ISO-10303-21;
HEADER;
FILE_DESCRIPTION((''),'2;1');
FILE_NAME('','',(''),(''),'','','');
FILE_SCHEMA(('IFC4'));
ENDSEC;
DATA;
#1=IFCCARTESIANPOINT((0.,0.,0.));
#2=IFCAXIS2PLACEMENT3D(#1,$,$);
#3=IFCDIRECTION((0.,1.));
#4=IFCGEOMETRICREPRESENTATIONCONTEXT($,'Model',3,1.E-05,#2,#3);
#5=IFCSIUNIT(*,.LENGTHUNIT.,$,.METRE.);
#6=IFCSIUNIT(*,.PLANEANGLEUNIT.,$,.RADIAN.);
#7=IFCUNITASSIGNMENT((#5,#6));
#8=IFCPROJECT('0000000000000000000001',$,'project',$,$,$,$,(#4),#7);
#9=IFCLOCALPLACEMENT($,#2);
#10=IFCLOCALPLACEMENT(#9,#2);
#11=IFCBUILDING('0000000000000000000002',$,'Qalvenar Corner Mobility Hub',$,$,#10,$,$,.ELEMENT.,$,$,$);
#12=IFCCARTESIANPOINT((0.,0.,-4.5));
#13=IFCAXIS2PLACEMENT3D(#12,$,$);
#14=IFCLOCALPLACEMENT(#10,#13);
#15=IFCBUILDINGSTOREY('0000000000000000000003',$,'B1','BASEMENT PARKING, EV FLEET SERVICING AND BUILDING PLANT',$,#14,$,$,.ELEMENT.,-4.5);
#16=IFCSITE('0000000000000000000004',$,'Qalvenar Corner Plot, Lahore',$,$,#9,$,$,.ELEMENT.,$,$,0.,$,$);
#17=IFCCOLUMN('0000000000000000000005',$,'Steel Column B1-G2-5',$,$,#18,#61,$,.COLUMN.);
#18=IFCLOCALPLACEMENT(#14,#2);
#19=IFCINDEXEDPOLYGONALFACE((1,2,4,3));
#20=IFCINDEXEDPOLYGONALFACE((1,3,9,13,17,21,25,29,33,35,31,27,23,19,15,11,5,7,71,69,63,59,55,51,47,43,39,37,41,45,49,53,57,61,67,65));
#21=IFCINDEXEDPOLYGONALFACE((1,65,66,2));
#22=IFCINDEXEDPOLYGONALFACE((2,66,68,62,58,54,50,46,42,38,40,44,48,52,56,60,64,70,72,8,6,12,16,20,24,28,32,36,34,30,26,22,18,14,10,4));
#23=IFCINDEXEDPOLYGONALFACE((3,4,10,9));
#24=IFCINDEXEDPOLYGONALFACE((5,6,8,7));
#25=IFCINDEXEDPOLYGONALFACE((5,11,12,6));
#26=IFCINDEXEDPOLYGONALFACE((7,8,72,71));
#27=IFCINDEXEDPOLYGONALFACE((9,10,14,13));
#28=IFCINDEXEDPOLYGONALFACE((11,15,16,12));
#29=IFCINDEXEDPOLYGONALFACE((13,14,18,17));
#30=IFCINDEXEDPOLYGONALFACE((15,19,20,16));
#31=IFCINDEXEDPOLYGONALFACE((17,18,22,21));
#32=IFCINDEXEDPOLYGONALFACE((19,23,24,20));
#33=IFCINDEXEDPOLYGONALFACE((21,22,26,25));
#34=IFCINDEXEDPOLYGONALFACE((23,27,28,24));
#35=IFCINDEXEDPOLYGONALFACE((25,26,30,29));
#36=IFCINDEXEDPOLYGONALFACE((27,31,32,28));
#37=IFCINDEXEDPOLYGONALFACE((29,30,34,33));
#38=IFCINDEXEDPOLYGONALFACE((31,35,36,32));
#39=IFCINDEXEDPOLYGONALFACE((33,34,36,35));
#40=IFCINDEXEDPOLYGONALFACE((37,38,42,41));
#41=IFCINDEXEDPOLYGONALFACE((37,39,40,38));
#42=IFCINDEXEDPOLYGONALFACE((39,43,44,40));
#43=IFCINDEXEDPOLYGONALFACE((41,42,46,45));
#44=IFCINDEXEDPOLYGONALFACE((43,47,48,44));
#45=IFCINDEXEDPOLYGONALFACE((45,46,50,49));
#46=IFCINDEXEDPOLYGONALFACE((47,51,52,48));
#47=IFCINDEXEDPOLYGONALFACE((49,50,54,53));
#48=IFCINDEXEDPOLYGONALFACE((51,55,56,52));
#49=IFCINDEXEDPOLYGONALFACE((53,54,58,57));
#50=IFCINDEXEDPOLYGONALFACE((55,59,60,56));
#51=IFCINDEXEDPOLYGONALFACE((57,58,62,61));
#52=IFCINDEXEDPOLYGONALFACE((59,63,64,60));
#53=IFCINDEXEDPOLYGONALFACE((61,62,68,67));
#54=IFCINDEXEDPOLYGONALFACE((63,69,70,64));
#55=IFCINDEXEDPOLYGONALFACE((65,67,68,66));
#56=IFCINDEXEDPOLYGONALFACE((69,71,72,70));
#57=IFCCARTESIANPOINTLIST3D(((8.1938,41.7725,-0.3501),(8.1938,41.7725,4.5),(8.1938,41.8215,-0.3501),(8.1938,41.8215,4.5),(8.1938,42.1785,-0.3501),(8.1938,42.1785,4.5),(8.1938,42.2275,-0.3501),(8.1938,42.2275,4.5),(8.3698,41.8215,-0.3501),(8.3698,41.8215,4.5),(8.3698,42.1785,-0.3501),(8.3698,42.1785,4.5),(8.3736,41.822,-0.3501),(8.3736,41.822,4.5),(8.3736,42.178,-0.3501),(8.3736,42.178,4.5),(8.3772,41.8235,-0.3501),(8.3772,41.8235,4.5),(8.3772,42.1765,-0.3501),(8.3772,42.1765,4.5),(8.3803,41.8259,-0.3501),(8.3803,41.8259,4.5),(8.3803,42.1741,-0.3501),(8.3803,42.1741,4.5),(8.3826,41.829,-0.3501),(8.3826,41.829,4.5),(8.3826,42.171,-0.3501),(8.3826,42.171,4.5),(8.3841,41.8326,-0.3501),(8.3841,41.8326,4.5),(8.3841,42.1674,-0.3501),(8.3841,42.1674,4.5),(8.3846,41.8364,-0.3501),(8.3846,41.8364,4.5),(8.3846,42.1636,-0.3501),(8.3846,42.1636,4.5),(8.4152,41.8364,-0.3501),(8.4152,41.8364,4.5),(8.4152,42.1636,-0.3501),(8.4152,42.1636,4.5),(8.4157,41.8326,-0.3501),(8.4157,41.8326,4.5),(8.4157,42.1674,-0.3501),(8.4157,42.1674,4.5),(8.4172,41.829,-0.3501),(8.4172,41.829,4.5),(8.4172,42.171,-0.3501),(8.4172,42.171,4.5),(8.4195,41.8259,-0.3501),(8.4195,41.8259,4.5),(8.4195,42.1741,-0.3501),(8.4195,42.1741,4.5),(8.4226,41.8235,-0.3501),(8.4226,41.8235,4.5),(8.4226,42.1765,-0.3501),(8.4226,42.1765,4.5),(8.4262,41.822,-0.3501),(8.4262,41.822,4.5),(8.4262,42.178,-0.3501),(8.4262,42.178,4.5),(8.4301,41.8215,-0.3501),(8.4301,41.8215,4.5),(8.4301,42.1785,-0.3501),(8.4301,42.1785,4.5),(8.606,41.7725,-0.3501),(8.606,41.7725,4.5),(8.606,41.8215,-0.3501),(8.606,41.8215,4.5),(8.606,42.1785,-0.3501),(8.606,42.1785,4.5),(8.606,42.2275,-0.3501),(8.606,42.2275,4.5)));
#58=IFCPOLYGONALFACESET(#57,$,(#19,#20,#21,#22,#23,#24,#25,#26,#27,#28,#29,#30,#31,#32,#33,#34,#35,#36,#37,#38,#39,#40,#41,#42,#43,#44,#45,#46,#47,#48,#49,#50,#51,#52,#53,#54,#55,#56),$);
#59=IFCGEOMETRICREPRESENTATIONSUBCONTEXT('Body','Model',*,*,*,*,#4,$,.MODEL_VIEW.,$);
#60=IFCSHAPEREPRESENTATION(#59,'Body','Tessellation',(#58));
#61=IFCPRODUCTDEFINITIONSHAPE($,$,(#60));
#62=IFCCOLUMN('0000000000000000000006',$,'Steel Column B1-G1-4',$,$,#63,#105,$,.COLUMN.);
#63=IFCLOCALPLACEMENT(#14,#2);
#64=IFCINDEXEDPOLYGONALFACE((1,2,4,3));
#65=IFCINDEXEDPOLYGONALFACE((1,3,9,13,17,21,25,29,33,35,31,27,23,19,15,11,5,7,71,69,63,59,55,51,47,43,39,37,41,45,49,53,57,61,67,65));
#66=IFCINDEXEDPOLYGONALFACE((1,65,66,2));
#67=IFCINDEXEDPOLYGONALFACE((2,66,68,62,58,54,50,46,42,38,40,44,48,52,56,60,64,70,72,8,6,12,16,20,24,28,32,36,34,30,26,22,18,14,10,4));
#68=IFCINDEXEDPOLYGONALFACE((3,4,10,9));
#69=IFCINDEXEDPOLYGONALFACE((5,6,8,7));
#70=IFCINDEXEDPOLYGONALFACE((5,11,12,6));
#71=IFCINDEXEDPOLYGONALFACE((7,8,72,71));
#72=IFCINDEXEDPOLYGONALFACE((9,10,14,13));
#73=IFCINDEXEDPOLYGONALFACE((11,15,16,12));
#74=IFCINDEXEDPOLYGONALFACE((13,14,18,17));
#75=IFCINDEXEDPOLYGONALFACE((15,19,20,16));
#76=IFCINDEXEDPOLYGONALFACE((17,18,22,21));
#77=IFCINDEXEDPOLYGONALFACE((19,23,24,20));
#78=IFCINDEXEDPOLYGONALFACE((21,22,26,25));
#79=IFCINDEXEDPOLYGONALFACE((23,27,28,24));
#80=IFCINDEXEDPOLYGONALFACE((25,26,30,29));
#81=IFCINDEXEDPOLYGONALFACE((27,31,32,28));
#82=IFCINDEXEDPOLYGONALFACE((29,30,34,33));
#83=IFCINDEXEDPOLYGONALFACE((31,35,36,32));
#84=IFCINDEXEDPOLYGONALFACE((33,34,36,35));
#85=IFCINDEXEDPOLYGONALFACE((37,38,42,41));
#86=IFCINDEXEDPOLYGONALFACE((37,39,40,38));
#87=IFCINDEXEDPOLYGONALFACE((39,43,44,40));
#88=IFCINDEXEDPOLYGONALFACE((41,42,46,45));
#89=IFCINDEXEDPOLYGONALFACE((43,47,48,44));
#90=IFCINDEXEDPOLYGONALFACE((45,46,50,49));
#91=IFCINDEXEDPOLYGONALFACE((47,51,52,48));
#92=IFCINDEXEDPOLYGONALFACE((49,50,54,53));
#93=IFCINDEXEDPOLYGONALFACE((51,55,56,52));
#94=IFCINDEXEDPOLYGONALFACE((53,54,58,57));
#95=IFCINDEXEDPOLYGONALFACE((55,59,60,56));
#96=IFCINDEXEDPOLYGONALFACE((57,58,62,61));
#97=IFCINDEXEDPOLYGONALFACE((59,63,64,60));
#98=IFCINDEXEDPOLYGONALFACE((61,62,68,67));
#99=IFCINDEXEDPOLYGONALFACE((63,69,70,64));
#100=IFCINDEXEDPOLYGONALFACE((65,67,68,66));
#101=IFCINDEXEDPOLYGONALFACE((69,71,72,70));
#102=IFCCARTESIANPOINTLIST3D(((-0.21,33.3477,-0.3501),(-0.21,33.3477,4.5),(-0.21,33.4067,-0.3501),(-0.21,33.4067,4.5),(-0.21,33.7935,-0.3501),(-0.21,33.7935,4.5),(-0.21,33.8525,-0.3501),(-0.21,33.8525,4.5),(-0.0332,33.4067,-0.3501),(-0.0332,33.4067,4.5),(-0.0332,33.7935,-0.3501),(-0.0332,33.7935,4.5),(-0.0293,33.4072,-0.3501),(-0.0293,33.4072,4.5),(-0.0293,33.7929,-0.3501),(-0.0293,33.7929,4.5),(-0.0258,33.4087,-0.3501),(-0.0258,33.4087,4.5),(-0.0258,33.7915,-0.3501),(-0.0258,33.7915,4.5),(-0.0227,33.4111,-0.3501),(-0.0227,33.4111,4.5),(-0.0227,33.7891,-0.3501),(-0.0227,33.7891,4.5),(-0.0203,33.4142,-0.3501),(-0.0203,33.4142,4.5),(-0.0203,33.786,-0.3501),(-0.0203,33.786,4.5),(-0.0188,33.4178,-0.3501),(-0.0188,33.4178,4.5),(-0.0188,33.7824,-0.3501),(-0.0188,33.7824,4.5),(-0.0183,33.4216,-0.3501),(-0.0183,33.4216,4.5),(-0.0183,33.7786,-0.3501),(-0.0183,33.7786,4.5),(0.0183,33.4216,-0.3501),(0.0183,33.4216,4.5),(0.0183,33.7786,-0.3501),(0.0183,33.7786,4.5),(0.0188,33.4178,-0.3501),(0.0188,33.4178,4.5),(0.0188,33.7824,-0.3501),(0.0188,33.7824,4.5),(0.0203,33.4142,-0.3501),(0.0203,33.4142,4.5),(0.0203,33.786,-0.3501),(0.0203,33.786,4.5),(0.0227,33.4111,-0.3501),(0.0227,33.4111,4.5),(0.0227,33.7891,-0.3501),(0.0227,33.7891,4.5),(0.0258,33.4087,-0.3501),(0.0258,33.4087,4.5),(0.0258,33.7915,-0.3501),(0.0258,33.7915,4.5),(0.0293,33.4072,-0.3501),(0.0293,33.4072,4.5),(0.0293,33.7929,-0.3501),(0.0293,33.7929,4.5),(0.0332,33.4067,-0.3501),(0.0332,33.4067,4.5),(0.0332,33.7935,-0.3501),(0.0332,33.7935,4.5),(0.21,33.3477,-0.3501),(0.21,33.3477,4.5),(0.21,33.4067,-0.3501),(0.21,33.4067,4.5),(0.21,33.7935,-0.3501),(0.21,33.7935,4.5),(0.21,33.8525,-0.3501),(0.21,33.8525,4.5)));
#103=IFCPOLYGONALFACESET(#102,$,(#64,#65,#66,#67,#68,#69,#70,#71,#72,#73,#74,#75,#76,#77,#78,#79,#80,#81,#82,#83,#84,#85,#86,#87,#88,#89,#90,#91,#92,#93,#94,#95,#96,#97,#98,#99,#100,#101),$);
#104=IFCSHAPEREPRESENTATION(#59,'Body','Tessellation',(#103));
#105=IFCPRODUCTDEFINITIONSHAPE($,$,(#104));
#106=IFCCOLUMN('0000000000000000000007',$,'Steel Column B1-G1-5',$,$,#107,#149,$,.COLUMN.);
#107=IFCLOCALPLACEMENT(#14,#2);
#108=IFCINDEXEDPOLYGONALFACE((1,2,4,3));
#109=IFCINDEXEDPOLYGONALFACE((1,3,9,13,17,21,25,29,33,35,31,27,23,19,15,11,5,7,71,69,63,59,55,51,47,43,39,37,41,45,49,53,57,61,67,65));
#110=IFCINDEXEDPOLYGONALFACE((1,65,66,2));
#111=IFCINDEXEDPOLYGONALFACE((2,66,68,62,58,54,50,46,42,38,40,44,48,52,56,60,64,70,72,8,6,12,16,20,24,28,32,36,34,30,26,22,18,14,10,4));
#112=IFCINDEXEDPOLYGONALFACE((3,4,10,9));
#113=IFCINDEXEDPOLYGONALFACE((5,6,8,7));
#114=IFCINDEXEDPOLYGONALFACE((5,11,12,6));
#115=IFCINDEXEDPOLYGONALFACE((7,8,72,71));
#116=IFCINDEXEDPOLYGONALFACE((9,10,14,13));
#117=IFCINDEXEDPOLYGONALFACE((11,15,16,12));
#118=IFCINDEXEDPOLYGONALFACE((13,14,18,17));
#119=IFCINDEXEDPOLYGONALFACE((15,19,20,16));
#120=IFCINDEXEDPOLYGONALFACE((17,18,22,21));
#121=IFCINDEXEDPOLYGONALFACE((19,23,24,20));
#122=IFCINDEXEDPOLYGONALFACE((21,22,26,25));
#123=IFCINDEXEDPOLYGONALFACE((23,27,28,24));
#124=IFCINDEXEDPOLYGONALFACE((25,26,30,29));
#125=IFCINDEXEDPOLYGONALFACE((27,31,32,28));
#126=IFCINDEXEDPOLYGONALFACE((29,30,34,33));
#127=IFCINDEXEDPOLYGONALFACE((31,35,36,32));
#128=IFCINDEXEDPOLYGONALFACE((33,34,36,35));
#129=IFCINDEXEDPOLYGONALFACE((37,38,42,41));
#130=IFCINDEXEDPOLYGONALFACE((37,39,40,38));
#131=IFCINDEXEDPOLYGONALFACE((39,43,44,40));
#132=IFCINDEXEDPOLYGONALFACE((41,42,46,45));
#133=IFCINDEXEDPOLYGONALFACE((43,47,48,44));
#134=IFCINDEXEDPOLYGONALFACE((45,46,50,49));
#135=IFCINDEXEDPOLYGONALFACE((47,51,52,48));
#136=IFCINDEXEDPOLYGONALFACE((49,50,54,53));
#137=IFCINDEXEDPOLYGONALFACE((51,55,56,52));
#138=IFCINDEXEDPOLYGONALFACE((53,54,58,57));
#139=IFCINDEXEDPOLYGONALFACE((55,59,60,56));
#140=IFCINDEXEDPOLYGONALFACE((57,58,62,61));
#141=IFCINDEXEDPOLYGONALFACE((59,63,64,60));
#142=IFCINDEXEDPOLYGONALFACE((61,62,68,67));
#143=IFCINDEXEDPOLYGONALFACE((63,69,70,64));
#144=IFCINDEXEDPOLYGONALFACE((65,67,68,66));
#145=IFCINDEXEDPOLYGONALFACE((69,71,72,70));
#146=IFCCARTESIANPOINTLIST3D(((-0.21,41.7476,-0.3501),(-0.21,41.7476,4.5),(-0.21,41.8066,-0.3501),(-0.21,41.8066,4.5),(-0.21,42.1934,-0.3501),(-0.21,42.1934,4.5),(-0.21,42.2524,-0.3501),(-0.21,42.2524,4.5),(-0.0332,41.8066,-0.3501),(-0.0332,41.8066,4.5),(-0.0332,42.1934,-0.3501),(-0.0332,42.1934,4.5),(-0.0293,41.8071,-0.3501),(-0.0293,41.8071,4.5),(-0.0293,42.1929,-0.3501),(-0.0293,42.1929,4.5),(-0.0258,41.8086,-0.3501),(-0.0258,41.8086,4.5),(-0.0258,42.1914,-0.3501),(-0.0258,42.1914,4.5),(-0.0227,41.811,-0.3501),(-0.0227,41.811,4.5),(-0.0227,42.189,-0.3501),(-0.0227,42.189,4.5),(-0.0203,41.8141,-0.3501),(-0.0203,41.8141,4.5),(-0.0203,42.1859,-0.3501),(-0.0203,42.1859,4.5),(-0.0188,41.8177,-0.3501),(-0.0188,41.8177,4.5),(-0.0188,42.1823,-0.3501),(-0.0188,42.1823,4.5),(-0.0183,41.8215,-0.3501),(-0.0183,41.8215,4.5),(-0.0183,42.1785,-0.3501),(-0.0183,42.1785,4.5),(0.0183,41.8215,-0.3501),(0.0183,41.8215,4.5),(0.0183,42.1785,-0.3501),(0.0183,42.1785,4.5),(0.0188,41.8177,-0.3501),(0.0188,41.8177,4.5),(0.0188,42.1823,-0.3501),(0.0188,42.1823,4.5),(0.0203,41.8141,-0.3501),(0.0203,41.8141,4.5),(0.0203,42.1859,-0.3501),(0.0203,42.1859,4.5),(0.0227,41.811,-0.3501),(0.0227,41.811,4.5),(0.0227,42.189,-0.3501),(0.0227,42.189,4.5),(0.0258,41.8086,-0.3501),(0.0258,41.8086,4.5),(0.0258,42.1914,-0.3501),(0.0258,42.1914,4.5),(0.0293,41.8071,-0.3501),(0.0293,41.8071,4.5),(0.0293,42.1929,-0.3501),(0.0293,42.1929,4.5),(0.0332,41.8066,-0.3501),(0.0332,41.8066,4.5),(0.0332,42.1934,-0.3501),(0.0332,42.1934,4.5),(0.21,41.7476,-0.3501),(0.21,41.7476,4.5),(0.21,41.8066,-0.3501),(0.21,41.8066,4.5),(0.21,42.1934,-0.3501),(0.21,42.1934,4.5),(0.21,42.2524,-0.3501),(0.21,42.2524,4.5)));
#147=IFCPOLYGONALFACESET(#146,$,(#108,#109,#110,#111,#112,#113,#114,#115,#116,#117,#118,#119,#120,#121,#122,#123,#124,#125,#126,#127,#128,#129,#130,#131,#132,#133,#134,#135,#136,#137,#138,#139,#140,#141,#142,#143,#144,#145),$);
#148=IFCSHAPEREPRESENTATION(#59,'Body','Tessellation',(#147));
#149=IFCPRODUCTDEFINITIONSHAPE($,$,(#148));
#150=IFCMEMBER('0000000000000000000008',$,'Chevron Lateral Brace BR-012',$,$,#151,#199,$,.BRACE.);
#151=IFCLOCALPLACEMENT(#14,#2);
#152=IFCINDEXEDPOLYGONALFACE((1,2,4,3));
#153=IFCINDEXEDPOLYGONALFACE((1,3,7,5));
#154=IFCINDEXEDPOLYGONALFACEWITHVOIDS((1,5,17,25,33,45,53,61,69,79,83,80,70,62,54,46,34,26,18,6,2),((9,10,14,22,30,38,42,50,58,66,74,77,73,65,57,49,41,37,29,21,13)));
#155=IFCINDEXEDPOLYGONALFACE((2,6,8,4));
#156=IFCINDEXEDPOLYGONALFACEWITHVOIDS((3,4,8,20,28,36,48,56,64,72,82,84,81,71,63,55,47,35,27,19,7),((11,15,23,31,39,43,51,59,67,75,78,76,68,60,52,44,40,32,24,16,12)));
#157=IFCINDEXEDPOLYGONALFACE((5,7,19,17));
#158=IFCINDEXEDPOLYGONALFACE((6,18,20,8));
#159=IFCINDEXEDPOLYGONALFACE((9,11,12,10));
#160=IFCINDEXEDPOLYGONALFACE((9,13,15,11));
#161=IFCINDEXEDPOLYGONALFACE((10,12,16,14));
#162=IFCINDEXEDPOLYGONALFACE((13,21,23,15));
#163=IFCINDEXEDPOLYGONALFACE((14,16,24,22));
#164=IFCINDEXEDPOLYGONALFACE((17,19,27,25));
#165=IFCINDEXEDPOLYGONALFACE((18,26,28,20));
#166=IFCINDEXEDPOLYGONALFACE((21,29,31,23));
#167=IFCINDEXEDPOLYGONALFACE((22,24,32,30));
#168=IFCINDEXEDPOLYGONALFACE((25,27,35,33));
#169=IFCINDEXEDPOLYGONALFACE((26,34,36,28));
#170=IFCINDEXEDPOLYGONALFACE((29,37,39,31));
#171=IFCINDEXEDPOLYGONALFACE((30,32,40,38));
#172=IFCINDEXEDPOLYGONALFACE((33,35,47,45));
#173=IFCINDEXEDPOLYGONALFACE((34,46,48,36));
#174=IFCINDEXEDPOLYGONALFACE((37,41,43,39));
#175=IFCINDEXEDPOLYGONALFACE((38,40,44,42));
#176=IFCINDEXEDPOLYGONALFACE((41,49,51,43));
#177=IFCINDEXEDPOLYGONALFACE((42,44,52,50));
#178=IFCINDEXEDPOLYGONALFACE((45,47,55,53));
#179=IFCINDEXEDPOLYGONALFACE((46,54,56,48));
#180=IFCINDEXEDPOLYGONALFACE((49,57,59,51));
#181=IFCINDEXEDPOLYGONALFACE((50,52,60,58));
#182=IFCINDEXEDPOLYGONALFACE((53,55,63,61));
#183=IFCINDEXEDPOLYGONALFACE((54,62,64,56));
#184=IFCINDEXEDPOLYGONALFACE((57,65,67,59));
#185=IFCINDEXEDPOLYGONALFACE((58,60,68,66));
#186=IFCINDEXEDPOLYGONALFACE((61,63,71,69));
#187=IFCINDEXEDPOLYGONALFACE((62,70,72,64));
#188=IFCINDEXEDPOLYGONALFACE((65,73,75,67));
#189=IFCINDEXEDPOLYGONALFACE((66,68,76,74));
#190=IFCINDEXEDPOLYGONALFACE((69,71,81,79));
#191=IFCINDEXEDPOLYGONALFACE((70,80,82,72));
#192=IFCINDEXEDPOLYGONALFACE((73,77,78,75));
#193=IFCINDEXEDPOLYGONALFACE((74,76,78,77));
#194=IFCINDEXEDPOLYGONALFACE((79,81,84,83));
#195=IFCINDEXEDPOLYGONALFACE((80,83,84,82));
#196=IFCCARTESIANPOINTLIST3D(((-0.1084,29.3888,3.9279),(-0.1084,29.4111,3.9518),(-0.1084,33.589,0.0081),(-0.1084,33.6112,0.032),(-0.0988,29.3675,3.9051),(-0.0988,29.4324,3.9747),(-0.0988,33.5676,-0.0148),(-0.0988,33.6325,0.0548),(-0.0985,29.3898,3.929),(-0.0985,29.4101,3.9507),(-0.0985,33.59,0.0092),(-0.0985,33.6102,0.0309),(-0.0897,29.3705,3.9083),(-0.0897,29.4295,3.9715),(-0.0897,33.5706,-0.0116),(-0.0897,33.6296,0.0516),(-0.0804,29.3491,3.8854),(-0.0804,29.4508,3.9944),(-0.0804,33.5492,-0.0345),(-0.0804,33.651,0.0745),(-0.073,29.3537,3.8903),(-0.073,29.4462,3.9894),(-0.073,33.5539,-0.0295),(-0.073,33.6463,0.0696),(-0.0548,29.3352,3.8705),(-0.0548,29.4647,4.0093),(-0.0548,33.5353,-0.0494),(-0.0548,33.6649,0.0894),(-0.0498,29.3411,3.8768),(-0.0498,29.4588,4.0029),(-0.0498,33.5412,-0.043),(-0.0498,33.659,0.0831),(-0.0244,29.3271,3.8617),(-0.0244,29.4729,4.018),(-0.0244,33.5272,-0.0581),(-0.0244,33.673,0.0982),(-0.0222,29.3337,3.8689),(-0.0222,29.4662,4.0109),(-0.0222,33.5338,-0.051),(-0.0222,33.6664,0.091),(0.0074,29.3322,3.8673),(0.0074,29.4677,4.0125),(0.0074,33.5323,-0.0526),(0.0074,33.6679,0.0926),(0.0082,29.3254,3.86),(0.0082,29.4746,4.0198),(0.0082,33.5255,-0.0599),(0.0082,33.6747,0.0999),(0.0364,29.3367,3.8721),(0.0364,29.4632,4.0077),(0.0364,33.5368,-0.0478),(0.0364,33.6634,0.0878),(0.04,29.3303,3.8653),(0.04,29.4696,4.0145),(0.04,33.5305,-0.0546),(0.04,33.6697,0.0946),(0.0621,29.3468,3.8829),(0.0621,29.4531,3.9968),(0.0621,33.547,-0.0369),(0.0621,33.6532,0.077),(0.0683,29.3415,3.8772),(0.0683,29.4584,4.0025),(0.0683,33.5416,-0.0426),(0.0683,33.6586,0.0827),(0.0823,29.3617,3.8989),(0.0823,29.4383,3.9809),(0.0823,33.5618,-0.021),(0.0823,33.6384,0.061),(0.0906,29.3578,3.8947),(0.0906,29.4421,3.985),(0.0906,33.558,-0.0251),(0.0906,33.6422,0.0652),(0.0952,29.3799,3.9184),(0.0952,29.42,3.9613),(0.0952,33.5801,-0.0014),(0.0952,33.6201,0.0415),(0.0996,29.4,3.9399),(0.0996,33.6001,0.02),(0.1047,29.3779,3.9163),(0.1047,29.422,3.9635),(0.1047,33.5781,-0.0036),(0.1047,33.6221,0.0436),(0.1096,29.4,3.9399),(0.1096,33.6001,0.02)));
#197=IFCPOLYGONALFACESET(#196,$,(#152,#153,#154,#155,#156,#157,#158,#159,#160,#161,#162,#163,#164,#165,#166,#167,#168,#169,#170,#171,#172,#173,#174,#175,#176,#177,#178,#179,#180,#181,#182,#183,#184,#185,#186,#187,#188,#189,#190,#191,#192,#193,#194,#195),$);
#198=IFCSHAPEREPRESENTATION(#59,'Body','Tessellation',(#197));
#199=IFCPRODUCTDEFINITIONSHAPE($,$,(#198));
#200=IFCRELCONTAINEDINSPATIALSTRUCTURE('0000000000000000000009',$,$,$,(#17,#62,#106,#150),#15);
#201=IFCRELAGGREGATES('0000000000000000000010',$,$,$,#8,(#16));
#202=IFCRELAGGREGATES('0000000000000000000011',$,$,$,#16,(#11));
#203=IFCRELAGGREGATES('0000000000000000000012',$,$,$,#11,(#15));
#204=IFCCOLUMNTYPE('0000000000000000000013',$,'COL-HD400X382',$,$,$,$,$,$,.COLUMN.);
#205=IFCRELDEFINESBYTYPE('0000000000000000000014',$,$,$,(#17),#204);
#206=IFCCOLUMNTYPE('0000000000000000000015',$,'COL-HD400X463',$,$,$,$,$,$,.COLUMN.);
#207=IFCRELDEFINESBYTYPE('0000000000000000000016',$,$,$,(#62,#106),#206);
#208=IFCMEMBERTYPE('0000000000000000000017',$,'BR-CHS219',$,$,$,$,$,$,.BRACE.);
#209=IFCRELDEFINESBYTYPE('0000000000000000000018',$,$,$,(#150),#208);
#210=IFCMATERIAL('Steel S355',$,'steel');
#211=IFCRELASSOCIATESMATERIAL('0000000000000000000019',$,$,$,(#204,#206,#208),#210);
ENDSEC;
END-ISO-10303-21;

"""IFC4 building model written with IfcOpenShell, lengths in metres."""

from ifc_helpers import new_model, si_unit, direction, frame, origin, origin_2d, place, context, subcontext, project, spatial, hollow_circle, i_section, extrude, material, material_profile, profile_set, type_object, element, save


model = new_model("IFC4")

# Units and contexts
model_context = context("Model", 3, precision=1e-05, world=origin(), true_north=direction((0.0, 1.0)))
body_context = subcontext(model_context, "Body", "Model", "MODEL_VIEW")
ifc_project = project(units=[si_unit("LENGTHUNIT", "METRE"), si_unit("PLANEANGLEUNIT", "RADIAN")], contexts=[model_context])

# Site, building, storey
site_placement = place(None, origin())
site = spatial("IfcSite", under=ifc_project, at=site_placement, Name="Qalvenar Corner Plot, Lahore", CompositionType="ELEMENT", RefElevation=0.0)
building_placement = place(site_placement, origin())
building = spatial("IfcBuilding", under=site, at=building_placement, Name="Qalvenar Corner Mobility Hub", CompositionType="ELEMENT")
storey_placement = place(building_placement, frame((0.0, 0.0, -4.5)))
storey = spatial("IfcBuildingStorey", under=building, at=storey_placement, Name="B1", Description="BASEMENT PARKING, EV FLEET SERVICING AND BUILDING PLANT", CompositionType="ELEMENT", Elevation=-4.5)

# Columns
ifc_material_1 = material(Name="Steel S355", Category="steel")
ifc_material_profile_1 = material_profile(ifc_material_1, i_section(OverallWidth=0.4121, OverallDepth=0.4551, WebThickness=0.0305, FlangeThickness=0.0491, FilletRadius=0.0149, at=origin_2d()), Name="HD400x421")
ifc_profile_set_1 = profile_set([ifc_material_profile_1], Name="Steel S355")
column_type_1 = type_object("IfcColumnType", Name="COL-HD400X382", PredefinedType="COLUMN", material=ifc_profile_set_1)
for number, where, z_axis, x_axis, name in (
    (1, (8.3999, 42.0, -0.3501), (0.0, 0.0, 1.0), (1.0, 0.0, 0.0), "Steel Column B1-G2-5"),
):
    element("IfcColumn", number, at=place(storey_placement, frame(where, z_axis=z_axis, x_axis=x_axis)), inside=storey, type_object=column_type_1, Name=name, PredefinedType="COLUMN", context=body_context, shape_type="SweptSolid", body=[
        extrude(i_section(OverallWidth=0.4121, OverallDepth=0.4551, WebThickness=0.0305, FlangeThickness=0.0491, FilletRadius=0.0149, at=origin_2d()), origin(), (0.0, 0.0, 1.0), 4.8501),
    ])
ifc_material_profile_2 = material_profile(ifc_material_1, i_section(OverallWidth=0.4199, OverallDepth=0.5049, WebThickness=0.0366, FlangeThickness=0.0591, FilletRadius=0.0149, at=origin_2d()), Name="HD400x551")
ifc_profile_set_2 = profile_set([ifc_material_profile_2], Name="Steel S355")
column_type_2 = type_object("IfcColumnType", Name="COL-HD400X463", PredefinedType="COLUMN", material=ifc_profile_set_2)
for number, where, z_axis, x_axis, name in (
    (2, (0.0, 33.6001, -0.3501), (0.0, 0.0, 1.0), (1.0, 0.0, 0.0), "Steel Column B1-G1-4"),
    (3, (0.0, 42.0, -0.3501), (0.0, 0.0, 1.0), (1.0, 0.0, 0.0), "Steel Column B1-G1-5"),
):
    element("IfcColumn", number, at=place(storey_placement, frame(where, z_axis=z_axis, x_axis=x_axis)), inside=storey, type_object=column_type_2, Name=name, PredefinedType="COLUMN", context=body_context, shape_type="SweptSolid", body=[
        extrude(i_section(OverallWidth=0.4199, OverallDepth=0.5049, WebThickness=0.0366, FlangeThickness=0.0591, FilletRadius=0.0149, at=origin_2d()), origin(), (0.0, 0.0, 1.0), 4.8501),
    ])

# Member
ifc_material_profile_3 = material_profile(ifc_material_1, hollow_circle(Radius=0.1096, WallThickness=0.01, at=origin_2d()), Name="CHS219.1x10")
ifc_profile_set_3 = profile_set([ifc_material_profile_3], Name="Steel S355")
member_type = type_object("IfcMemberType", Name="BR-CHS219", PredefinedType="BRACE", material=ifc_profile_set_3)
member_placement = place(storey_placement, frame((0.0, 33.6001, 0.02), z_axis=(0.0, -0.731078, 0.682294), x_axis=(1.0, 0.0, 0.0)))
element("IfcMember", 4, at=member_placement, inside=storey, type_object=member_type, Name="Chevron Lateral Brace BR-012", PredefinedType="BRACE", context=body_context, shape_type="SweptSolid", body=[
    extrude(hollow_circle(Radius=0.1096, WallThickness=0.01, at=origin_2d()), origin(), (0.0, 0.0, 1.0), 5.7451),
])

save(model, "model.ifc")
